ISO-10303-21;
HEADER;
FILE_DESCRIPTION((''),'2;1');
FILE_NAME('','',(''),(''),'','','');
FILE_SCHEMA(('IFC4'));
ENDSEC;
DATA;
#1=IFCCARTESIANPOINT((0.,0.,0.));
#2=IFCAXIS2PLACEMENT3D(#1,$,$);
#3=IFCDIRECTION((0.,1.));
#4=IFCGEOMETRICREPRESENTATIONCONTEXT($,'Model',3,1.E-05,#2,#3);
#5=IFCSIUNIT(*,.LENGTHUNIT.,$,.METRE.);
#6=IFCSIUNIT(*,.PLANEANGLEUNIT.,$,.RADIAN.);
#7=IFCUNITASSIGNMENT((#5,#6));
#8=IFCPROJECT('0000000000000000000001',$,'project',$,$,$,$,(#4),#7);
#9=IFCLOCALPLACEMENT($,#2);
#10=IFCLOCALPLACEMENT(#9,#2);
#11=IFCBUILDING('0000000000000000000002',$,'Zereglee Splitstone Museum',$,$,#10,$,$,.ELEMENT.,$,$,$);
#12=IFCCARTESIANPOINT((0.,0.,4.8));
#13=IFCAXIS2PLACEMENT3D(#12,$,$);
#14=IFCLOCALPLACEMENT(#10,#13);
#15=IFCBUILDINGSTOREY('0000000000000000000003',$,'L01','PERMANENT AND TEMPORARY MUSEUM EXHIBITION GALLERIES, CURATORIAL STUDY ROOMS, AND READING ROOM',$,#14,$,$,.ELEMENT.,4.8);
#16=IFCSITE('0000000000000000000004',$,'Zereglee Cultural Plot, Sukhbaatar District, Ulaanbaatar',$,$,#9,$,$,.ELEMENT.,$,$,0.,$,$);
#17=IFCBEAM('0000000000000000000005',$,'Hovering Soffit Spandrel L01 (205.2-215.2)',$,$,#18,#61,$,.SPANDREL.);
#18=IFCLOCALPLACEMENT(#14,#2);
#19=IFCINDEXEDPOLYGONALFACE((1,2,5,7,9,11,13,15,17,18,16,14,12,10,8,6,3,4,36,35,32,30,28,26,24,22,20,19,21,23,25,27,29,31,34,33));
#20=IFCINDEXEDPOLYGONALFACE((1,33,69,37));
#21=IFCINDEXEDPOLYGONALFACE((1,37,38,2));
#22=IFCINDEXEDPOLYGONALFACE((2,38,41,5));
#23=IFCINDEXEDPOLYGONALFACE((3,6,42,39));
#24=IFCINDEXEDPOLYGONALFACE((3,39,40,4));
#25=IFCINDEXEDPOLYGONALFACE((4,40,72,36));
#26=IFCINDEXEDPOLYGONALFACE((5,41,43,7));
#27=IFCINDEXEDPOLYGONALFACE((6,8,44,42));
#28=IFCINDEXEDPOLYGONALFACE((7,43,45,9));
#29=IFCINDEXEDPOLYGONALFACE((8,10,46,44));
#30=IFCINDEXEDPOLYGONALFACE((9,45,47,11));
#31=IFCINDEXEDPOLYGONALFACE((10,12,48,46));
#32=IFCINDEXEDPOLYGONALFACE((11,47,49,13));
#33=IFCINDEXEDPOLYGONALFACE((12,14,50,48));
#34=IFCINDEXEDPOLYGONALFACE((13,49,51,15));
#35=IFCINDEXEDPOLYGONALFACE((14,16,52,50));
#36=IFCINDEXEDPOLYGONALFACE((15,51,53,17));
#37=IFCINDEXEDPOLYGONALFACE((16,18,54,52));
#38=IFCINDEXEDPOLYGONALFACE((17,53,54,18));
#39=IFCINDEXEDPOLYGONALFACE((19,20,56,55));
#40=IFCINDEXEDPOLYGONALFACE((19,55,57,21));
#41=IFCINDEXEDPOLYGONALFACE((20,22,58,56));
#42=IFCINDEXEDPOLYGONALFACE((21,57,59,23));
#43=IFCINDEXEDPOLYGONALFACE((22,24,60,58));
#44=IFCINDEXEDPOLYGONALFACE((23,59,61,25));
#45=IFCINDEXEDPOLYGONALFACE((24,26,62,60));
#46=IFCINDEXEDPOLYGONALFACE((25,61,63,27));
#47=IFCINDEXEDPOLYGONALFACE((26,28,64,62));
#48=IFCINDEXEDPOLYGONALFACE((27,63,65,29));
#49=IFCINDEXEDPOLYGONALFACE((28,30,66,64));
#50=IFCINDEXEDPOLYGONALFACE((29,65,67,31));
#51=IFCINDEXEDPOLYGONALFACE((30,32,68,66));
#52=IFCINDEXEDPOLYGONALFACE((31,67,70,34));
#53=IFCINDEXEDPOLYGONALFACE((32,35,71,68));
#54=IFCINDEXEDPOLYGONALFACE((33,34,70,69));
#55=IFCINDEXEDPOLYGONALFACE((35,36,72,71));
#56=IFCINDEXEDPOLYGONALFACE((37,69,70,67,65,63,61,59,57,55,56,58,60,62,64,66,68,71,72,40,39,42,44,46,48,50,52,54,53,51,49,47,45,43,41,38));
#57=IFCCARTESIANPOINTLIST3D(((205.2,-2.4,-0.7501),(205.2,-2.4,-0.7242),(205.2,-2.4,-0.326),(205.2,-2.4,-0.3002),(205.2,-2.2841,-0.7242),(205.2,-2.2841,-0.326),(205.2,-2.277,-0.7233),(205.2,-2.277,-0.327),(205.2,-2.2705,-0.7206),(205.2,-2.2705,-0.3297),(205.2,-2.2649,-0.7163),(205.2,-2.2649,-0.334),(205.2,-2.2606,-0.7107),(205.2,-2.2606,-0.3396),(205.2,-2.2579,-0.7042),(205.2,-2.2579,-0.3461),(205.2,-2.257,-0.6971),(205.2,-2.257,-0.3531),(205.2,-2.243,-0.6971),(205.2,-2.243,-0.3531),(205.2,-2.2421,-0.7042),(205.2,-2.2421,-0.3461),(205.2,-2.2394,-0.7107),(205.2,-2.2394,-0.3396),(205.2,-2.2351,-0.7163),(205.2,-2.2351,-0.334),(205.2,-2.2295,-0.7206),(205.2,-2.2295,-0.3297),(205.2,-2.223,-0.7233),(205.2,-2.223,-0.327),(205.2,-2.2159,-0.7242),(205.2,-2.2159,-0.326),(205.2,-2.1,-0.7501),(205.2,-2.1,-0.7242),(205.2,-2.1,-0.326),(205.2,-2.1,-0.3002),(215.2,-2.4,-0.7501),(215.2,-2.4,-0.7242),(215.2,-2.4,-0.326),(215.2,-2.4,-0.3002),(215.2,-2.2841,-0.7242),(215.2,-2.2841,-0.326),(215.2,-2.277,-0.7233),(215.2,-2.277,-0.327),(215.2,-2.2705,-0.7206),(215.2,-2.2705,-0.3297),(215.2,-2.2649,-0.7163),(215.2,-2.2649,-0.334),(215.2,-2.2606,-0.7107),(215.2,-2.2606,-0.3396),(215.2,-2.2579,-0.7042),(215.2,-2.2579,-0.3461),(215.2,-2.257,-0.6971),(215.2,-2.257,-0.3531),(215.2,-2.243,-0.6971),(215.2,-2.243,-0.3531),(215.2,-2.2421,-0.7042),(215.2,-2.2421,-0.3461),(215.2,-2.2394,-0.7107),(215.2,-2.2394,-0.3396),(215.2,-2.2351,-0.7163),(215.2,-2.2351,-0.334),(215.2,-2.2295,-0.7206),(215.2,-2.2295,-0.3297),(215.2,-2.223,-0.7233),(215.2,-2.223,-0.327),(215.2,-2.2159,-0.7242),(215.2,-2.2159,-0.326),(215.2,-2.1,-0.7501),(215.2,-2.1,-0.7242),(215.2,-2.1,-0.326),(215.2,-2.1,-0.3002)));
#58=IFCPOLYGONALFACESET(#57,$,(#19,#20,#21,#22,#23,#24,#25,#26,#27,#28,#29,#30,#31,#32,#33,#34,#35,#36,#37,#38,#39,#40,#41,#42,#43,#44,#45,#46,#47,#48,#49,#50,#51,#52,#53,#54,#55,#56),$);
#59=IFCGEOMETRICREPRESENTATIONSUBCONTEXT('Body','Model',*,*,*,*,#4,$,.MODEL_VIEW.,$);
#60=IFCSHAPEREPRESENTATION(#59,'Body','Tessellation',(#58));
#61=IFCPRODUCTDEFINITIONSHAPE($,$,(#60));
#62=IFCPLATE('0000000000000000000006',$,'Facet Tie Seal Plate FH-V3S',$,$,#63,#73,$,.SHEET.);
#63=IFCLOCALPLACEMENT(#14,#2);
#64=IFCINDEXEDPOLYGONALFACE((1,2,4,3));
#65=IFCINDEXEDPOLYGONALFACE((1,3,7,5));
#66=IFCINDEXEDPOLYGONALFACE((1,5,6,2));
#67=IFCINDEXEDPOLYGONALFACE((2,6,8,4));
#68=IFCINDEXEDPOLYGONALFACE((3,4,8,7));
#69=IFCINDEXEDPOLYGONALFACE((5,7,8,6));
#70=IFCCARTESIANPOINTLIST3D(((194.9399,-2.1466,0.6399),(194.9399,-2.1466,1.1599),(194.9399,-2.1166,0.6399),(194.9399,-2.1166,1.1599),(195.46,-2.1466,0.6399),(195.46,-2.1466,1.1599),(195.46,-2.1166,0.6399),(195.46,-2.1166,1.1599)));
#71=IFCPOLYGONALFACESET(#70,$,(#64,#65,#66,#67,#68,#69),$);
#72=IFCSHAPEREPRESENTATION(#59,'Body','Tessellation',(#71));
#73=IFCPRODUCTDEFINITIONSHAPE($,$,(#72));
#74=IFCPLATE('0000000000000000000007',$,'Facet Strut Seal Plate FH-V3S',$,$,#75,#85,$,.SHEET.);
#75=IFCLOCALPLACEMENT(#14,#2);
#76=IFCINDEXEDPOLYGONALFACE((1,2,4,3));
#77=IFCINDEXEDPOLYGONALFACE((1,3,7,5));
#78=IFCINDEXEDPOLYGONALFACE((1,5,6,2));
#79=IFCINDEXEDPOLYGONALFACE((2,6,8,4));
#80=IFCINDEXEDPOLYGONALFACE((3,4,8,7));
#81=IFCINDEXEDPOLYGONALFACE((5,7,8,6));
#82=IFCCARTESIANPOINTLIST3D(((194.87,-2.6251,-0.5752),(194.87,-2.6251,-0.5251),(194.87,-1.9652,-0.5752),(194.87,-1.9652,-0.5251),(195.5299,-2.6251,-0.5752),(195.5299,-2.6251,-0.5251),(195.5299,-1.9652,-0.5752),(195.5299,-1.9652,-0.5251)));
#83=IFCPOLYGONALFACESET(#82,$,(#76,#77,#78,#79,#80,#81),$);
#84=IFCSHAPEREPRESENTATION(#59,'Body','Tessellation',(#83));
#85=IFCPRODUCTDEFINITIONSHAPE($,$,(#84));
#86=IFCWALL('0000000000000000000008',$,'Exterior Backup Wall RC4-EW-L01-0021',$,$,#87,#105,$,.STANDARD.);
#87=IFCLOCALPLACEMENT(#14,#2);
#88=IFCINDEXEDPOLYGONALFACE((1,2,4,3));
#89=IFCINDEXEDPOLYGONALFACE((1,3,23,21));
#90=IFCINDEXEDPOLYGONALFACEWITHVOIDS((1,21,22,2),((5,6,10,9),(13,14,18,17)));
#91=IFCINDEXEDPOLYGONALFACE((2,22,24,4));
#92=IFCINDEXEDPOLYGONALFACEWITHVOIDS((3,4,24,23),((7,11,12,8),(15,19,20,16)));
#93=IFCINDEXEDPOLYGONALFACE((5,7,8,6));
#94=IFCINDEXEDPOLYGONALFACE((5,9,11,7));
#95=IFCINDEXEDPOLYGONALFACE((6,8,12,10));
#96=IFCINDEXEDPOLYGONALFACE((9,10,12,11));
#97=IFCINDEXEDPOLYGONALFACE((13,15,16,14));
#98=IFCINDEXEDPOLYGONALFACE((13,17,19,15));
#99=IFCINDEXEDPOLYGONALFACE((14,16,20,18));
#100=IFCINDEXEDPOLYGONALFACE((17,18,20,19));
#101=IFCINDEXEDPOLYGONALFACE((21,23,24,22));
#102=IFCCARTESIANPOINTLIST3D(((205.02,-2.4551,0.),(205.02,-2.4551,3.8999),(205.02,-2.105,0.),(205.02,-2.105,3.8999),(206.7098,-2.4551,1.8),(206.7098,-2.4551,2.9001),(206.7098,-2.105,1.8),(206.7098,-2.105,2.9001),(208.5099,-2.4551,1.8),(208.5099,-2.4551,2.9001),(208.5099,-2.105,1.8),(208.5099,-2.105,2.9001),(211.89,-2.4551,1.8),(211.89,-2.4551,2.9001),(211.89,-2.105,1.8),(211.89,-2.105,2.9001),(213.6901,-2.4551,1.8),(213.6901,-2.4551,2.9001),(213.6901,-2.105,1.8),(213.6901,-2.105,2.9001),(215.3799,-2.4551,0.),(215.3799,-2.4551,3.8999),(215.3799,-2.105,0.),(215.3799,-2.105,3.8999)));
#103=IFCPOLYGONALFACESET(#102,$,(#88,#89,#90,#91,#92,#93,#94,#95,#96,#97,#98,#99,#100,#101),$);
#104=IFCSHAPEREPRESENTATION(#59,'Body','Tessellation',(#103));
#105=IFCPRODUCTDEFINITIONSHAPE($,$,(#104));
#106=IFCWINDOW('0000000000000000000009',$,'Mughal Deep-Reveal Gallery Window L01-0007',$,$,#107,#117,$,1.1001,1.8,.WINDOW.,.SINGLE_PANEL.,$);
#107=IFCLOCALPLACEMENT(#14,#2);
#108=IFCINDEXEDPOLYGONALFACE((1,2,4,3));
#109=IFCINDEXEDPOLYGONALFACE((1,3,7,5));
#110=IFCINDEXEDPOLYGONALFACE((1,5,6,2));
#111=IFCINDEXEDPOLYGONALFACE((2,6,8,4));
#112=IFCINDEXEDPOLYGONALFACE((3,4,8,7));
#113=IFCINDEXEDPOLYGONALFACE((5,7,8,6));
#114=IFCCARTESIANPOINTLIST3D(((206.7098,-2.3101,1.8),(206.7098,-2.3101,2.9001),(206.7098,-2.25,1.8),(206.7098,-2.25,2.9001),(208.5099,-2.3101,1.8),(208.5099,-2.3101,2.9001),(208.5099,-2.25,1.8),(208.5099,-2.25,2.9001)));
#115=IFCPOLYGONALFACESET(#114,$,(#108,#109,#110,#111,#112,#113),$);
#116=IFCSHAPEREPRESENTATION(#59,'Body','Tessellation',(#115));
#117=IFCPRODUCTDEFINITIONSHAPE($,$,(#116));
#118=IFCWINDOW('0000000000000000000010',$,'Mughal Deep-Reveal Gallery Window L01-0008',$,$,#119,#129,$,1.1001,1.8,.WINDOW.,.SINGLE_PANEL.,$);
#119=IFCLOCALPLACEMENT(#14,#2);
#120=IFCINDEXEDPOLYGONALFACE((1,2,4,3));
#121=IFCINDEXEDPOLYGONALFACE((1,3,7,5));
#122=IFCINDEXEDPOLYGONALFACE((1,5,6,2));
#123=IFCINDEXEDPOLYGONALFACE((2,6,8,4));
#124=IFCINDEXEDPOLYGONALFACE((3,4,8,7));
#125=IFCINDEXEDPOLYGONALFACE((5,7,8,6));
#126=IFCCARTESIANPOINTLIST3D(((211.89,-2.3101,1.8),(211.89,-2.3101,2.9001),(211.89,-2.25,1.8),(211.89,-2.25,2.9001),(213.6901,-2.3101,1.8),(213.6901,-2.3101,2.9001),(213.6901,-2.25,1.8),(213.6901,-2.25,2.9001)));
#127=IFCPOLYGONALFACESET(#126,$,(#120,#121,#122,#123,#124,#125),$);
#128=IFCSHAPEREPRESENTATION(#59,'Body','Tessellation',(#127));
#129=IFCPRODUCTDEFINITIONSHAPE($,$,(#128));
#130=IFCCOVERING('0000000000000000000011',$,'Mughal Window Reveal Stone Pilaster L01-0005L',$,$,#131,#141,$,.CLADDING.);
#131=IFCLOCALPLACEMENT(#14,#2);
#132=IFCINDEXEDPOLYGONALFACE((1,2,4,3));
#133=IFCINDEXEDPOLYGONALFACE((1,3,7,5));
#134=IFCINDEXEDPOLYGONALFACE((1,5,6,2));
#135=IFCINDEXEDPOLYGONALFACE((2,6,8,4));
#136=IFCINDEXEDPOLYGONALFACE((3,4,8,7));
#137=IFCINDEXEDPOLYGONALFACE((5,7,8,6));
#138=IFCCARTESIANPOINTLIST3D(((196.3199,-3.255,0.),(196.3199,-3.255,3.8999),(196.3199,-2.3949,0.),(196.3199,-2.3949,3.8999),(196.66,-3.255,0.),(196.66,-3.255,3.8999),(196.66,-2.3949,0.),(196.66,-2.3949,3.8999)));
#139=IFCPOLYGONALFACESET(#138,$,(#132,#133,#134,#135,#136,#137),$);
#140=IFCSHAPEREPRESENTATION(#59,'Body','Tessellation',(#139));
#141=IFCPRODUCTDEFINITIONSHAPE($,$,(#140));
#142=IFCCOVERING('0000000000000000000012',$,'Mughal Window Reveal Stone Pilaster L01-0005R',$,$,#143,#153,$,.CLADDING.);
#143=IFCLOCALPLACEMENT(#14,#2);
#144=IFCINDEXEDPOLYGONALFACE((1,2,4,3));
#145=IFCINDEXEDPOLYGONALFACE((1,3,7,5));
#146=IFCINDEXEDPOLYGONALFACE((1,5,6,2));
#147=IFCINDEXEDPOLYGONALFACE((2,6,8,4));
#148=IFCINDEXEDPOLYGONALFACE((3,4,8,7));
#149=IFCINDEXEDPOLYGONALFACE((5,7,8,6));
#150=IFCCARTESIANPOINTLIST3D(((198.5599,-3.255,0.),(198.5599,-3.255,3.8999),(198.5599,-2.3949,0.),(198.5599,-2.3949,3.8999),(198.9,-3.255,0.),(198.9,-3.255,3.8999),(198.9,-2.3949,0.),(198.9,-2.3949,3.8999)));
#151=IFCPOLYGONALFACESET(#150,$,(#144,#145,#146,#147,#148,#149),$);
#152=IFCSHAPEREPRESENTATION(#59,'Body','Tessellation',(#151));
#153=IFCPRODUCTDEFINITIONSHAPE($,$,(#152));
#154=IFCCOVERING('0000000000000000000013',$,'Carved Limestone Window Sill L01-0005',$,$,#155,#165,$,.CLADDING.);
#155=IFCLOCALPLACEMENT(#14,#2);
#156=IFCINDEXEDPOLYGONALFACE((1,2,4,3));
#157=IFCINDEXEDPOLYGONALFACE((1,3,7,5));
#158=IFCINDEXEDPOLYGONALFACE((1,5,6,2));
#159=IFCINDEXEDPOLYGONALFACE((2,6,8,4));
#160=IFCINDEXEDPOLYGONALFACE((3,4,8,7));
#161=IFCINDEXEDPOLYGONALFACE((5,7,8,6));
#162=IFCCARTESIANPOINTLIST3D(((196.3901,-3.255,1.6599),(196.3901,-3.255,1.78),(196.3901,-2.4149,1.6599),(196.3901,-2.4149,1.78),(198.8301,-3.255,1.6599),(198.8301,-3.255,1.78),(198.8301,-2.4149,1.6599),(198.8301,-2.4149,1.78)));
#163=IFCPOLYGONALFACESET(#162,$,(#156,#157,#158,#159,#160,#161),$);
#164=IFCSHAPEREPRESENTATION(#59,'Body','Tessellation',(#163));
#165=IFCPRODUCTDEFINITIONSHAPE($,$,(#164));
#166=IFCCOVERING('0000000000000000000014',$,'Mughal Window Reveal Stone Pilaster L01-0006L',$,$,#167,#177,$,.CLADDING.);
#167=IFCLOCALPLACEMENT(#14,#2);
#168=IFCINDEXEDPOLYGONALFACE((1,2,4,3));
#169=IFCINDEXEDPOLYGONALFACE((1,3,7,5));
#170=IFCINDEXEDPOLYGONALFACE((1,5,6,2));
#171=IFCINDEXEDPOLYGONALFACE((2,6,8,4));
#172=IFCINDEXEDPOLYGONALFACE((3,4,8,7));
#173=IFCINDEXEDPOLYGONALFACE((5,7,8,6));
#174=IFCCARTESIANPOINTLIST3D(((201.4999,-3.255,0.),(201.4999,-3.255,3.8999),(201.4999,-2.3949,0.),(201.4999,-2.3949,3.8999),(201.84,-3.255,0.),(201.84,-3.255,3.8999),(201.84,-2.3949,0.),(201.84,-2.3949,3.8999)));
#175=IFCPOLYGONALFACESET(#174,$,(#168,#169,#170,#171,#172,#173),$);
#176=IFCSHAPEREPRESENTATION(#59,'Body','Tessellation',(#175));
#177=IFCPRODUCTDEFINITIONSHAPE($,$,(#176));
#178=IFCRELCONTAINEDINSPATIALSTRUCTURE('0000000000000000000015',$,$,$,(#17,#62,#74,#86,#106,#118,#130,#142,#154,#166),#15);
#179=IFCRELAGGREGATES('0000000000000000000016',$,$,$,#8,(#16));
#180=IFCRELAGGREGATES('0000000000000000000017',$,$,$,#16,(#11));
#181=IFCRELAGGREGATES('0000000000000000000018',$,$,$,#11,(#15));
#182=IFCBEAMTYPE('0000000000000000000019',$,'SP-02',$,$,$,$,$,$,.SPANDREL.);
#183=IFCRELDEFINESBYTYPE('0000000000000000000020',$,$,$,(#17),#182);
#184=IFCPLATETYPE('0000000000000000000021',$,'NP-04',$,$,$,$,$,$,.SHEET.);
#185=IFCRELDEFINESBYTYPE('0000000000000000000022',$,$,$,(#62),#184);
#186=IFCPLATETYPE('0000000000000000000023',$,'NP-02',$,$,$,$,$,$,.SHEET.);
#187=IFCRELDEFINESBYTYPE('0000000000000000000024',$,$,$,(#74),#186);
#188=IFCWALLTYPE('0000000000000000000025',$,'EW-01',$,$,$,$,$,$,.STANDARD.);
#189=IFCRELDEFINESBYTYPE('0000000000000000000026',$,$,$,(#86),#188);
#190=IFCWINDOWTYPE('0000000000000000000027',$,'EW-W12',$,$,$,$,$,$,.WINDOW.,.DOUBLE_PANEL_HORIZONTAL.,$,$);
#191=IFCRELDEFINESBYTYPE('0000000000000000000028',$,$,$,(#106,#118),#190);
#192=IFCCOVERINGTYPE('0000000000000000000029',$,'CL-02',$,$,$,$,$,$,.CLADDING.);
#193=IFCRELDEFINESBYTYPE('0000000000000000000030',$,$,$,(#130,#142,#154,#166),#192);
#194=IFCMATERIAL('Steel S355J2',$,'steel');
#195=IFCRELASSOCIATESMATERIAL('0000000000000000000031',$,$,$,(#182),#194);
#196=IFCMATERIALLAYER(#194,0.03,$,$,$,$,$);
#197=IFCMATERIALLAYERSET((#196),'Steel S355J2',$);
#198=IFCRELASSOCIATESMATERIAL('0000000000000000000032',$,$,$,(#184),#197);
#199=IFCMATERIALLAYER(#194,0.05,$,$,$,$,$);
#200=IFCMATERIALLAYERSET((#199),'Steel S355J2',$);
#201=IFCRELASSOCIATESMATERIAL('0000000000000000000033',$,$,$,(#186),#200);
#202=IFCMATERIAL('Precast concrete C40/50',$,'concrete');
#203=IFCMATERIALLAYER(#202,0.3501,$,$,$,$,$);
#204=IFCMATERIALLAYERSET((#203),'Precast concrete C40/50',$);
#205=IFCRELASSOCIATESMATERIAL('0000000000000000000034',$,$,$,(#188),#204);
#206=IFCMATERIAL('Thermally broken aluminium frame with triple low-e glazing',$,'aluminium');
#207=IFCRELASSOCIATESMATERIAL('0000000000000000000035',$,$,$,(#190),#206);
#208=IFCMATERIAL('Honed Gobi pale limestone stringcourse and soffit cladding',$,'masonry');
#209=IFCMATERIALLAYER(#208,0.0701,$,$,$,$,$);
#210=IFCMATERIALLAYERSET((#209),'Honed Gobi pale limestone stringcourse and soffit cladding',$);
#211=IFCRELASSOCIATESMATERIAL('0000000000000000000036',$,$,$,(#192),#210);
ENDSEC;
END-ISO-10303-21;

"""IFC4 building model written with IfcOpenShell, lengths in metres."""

from ifc_helpers import new_model, si_unit, direction, frame, frame_2d, origin, origin_2d, place, context, subcontext, project, spatial, rectangle, i_section, extrude, material, layer, layer_set, material_profile, profile_set, type_object, element, fill, save


model = new_model("IFC4")

# Units and contexts
model_context = context("Model", 3, precision=1e-05, world=origin(), true_north=direction((0.0, 1.0)))
body_context = subcontext(model_context, "Body", "Model", "MODEL_VIEW")
ifc_project = project(units=[si_unit("LENGTHUNIT", "METRE"), si_unit("PLANEANGLEUNIT", "RADIAN")], contexts=[model_context])

# Site, building, storey
site_placement = place(None, origin())
site = spatial("IfcSite", under=ifc_project, at=site_placement, Name="Zereglee Cultural Plot, Sukhbaatar District, Ulaanbaatar", CompositionType="ELEMENT", RefElevation=0.0)
building_placement = place(site_placement, origin())
building = spatial("IfcBuilding", under=site, at=building_placement, Name="Zereglee Splitstone Museum", CompositionType="ELEMENT")
storey_placement = place(building_placement, frame((0.0, 0.0, 4.8)))
storey = spatial("IfcBuildingStorey", under=building, at=storey_placement, Name="L01", Description="PERMANENT AND TEMPORARY MUSEUM EXHIBITION GALLERIES, CURATORIAL STUDY ROOMS, AND READING ROOM", CompositionType="ELEMENT", Elevation=4.8)

# Shared definitions
ifc_material_1 = material(Name="Steel S355J2", Category="steel")

# Beam
ifc_material_profile_1 = material_profile(ifc_material_1, i_section(OverallWidth=0.3, OverallDepth=0.45, WebThickness=0.0139, FlangeThickness=0.0259, FilletRadius=0.0271, at=origin_2d()), Name="HE 450 B")
ifc_profile_set_1 = profile_set([ifc_material_profile_1], Name="Steel S355J2")
beam_type_1 = type_object("IfcBeamType", Name="SP-02", PredefinedType="SPANDREL", material=ifc_profile_set_1)
for number, where, z_axis, x_axis, name in (
    (1, (205.2, -2.25, -0.5251), (1.0, 0.0, 0.0), (0.0, 1.0, 0.0), "Hovering Soffit Spandrel L01 (205.2-215.2)"),
):
    element("IfcBeam", number, at=place(storey_placement, frame(where, z_axis=z_axis, x_axis=x_axis)), inside=storey, type_object=beam_type_1, Name=name, PredefinedType="SPANDREL", context=body_context, shape_type="SweptSolid", body=[
        extrude(i_section(OverallWidth=0.3, OverallDepth=0.45, WebThickness=0.0139, FlangeThickness=0.0259, FilletRadius=0.0271, at=origin_2d()), origin(), (0.0, 0.0, 1.0), 10.0),
    ])

# Plates
ifc_layer_1 = layer(ifc_material_1, 0.03)
ifc_layer_set_1 = layer_set([ifc_layer_1], Name="Steel S355J2")
plate_type_1 = type_object("IfcPlateType", Name="NP-04", PredefinedType="SHEET", material=ifc_layer_set_1)
plate_1_placement = place(storey_placement, frame((195.2, -2.1316, 0.6399), z_axis=(0.0, 0.0, 1.0), x_axis=(1.0, 0.0, 0.0)))
element("IfcPlate", 2, at=plate_1_placement, inside=storey, type_object=plate_type_1, Name="Facet Tie Seal Plate FH-V3S", PredefinedType="SHEET", context=body_context, shape_type="SweptSolid", body=[
    extrude(rectangle(XDim=0.52, YDim=0.03, at=origin_2d()), origin(), (0.0, 0.0, 1.0), 0.52),
])
ifc_layer_2 = layer(ifc_material_1, 0.05)
ifc_layer_set_2 = layer_set([ifc_layer_2], Name="Steel S355J2")
plate_type_2 = type_object("IfcPlateType", Name="NP-02", PredefinedType="SHEET", material=ifc_layer_set_2)
plate_2_placement = place(storey_placement, frame((195.2, -2.2952, -0.5752), z_axis=(0.0, 0.0, 1.0), x_axis=(1.0, 0.0, 0.0)))
element("IfcPlate", 3, at=plate_2_placement, inside=storey, type_object=plate_type_2, Name="Facet Strut Seal Plate FH-V3S", PredefinedType="SHEET", context=body_context, shape_type="SweptSolid", body=[
    extrude(rectangle(XDim=0.6599, YDim=0.6599, at=origin_2d()), origin(), (0.0, 0.0, 1.0), 0.05),
])

# Wall, openings, windows
ifc_material_2 = material(Name="Precast concrete C40/50", Category="concrete")
ifc_layer_3 = layer(ifc_material_2, 0.3501)
ifc_layer_set_3 = layer_set([ifc_layer_3], Name="Precast concrete C40/50")
wall_type = type_object("IfcWallType", Name="EW-01", PredefinedType="STANDARD", material=ifc_layer_set_3)
wall_placement = place(storey_placement, frame((205.02, -2.28, 0.0), z_axis=(0.0, 0.0, 1.0), x_axis=(1.0, 0.0, 0.0)))
wall = element("IfcWall", 4, at=wall_placement, inside=storey, type_object=wall_type, Name="Exterior Backup Wall RC4-EW-L01-0021", PredefinedType="STANDARD", context=body_context, shape_type="SweptSolid", body=[
    extrude(rectangle(XDim=10.3599, YDim=0.3501, at=frame_2d((5.1799, 0.0))), origin(), (0.0, 0.0, 1.0), 3.8999),
])
opening_1_placement = place(wall_placement, frame((1.6899, 0.0, 1.8)))
opening_1 = element("IfcOpeningElement", 5, at=opening_1_placement, cuts=wall, PredefinedType="OPENING", context=body_context, shape_type="SweptSolid", body=[
    extrude(rectangle(XDim=1.8, YDim=1.1001, at=frame_2d((0.8999, 0.55))), frame((0.0, 0.1899, 0.0), z_axis=(0.0, -1.0, 0.0), x_axis=(1.0, 0.0, 0.0)), (0.0, 0.0, 1.0), 0.3799),
])
opening_2_placement = place(wall_placement, frame((6.8701, 0.0, 1.8)))
opening_2 = element("IfcOpeningElement", 6, at=opening_2_placement, cuts=wall, PredefinedType="OPENING", context=body_context, shape_type="SweptSolid", body=[
    extrude(rectangle(XDim=1.8, YDim=1.1001, at=frame_2d((0.8999, 0.55))), frame((0.0, 0.1899, 0.0), z_axis=(0.0, -1.0, 0.0), x_axis=(1.0, 0.0, 0.0)), (0.0, 0.0, 1.0), 0.3799),
])
ifc_material_3 = material(Name="Thermally broken aluminium frame with triple low-e glazing", Category="aluminium")
window_type = type_object("IfcWindowType", Name="EW-W12", PartitioningType="DOUBLE_PANEL_HORIZONTAL", PredefinedType="WINDOW", material=ifc_material_3)
window_1_placement = place(opening_1_placement, origin())
window_1 = element("IfcWindow", 7, at=window_1_placement, inside=storey, type_object=window_type, Name="Mughal Deep-Reveal Gallery Window L01-0007", OverallHeight=1.1001, OverallWidth=1.8, PartitioningType="SINGLE_PANEL", PredefinedType="WINDOW", context=body_context, shape_type="SweptSolid", body=[
    extrude(rectangle(XDim=1.8, YDim=1.1001, at=frame_2d((0.8999, 0.55))), frame((0.0, 0.03, 0.0), z_axis=(0.0, -1.0, 0.0), x_axis=(1.0, 0.0, 0.0)), (0.0, 0.0, 1.0), 0.0601),
])
fill(opening_1, window_1)
window_2_placement = place(opening_2_placement, origin())
window_2 = element("IfcWindow", 8, at=window_2_placement, inside=storey, type_object=window_type, Name="Mughal Deep-Reveal Gallery Window L01-0008", OverallHeight=1.1001, OverallWidth=1.8, PartitioningType="SINGLE_PANEL", PredefinedType="WINDOW", context=body_context, shape_type="SweptSolid", body=[
    extrude(rectangle(XDim=1.8, YDim=1.1001, at=frame_2d((0.8999, 0.55))), frame((0.0, 0.03, 0.0), z_axis=(0.0, -1.0, 0.0), x_axis=(1.0, 0.0, 0.0)), (0.0, 0.0, 1.0), 0.0601),
])
fill(opening_2, window_2)

# Coverings
ifc_material_4 = material(Name="Honed Gobi pale limestone stringcourse and soffit cladding", Category="masonry")
ifc_layer_4 = layer(ifc_material_4, 0.0701)
ifc_layer_set_4 = layer_set([ifc_layer_4], Name="Honed Gobi pale limestone stringcourse and soffit cladding")
covering_type_1 = type_object("IfcCoveringType", Name="CL-02", PredefinedType="CLADDING", material=ifc_layer_set_4)
for number, where, z_axis, x_axis, name in (
    (9, (196.49, -2.825, 0.0), (0.0, 0.0, 1.0), (1.0, 0.0, 0.0), "Mughal Window Reveal Stone Pilaster L01-0005L"),
    (10, (198.73, -2.825, 0.0), (0.0, 0.0, 1.0), (1.0, 0.0, 0.0), "Mughal Window Reveal Stone Pilaster L01-0005R"),
):
    element("IfcCovering", number, at=place(storey_placement, frame(where, z_axis=z_axis, x_axis=x_axis)), inside=storey, type_object=covering_type_1, Name=name, PredefinedType="CLADDING", context=body_context, shape_type="SweptSolid", body=[
        extrude(rectangle(XDim=0.3401, YDim=0.8601, at=origin_2d()), origin(), (0.0, 0.0, 1.0), 3.8999),
    ])
covering_1_placement = place(storey_placement, frame((197.6101, -2.835, 1.6599), z_axis=(0.0, 0.0, 1.0), x_axis=(1.0, 0.0, 0.0)))
element("IfcCovering", 11, at=covering_1_placement, inside=storey, type_object=covering_type_1, Name="Carved Limestone Window Sill L01-0005", PredefinedType="CLADDING", context=body_context, shape_type="SweptSolid", body=[
    extrude(rectangle(XDim=2.4399, YDim=0.8401, at=origin_2d()), origin(), (0.0, 0.0, 1.0), 0.1201),
])
for number, where, z_axis, x_axis, name in (
    (12, (201.6699, -2.825, 0.0), (0.0, 0.0, 1.0), (1.0, 0.0, 0.0), "Mughal Window Reveal Stone Pilaster L01-0006L"),
):
    element("IfcCovering", number, at=place(storey_placement, frame(where, z_axis=z_axis, x_axis=x_axis)), inside=storey, type_object=covering_type_1, Name=name, PredefinedType="CLADDING", context=body_context, shape_type="SweptSolid", body=[
        extrude(rectangle(XDim=0.3401, YDim=0.8601, at=origin_2d()), origin(), (0.0, 0.0, 1.0), 3.8999),
    ])

save(model, "model.ifc")
